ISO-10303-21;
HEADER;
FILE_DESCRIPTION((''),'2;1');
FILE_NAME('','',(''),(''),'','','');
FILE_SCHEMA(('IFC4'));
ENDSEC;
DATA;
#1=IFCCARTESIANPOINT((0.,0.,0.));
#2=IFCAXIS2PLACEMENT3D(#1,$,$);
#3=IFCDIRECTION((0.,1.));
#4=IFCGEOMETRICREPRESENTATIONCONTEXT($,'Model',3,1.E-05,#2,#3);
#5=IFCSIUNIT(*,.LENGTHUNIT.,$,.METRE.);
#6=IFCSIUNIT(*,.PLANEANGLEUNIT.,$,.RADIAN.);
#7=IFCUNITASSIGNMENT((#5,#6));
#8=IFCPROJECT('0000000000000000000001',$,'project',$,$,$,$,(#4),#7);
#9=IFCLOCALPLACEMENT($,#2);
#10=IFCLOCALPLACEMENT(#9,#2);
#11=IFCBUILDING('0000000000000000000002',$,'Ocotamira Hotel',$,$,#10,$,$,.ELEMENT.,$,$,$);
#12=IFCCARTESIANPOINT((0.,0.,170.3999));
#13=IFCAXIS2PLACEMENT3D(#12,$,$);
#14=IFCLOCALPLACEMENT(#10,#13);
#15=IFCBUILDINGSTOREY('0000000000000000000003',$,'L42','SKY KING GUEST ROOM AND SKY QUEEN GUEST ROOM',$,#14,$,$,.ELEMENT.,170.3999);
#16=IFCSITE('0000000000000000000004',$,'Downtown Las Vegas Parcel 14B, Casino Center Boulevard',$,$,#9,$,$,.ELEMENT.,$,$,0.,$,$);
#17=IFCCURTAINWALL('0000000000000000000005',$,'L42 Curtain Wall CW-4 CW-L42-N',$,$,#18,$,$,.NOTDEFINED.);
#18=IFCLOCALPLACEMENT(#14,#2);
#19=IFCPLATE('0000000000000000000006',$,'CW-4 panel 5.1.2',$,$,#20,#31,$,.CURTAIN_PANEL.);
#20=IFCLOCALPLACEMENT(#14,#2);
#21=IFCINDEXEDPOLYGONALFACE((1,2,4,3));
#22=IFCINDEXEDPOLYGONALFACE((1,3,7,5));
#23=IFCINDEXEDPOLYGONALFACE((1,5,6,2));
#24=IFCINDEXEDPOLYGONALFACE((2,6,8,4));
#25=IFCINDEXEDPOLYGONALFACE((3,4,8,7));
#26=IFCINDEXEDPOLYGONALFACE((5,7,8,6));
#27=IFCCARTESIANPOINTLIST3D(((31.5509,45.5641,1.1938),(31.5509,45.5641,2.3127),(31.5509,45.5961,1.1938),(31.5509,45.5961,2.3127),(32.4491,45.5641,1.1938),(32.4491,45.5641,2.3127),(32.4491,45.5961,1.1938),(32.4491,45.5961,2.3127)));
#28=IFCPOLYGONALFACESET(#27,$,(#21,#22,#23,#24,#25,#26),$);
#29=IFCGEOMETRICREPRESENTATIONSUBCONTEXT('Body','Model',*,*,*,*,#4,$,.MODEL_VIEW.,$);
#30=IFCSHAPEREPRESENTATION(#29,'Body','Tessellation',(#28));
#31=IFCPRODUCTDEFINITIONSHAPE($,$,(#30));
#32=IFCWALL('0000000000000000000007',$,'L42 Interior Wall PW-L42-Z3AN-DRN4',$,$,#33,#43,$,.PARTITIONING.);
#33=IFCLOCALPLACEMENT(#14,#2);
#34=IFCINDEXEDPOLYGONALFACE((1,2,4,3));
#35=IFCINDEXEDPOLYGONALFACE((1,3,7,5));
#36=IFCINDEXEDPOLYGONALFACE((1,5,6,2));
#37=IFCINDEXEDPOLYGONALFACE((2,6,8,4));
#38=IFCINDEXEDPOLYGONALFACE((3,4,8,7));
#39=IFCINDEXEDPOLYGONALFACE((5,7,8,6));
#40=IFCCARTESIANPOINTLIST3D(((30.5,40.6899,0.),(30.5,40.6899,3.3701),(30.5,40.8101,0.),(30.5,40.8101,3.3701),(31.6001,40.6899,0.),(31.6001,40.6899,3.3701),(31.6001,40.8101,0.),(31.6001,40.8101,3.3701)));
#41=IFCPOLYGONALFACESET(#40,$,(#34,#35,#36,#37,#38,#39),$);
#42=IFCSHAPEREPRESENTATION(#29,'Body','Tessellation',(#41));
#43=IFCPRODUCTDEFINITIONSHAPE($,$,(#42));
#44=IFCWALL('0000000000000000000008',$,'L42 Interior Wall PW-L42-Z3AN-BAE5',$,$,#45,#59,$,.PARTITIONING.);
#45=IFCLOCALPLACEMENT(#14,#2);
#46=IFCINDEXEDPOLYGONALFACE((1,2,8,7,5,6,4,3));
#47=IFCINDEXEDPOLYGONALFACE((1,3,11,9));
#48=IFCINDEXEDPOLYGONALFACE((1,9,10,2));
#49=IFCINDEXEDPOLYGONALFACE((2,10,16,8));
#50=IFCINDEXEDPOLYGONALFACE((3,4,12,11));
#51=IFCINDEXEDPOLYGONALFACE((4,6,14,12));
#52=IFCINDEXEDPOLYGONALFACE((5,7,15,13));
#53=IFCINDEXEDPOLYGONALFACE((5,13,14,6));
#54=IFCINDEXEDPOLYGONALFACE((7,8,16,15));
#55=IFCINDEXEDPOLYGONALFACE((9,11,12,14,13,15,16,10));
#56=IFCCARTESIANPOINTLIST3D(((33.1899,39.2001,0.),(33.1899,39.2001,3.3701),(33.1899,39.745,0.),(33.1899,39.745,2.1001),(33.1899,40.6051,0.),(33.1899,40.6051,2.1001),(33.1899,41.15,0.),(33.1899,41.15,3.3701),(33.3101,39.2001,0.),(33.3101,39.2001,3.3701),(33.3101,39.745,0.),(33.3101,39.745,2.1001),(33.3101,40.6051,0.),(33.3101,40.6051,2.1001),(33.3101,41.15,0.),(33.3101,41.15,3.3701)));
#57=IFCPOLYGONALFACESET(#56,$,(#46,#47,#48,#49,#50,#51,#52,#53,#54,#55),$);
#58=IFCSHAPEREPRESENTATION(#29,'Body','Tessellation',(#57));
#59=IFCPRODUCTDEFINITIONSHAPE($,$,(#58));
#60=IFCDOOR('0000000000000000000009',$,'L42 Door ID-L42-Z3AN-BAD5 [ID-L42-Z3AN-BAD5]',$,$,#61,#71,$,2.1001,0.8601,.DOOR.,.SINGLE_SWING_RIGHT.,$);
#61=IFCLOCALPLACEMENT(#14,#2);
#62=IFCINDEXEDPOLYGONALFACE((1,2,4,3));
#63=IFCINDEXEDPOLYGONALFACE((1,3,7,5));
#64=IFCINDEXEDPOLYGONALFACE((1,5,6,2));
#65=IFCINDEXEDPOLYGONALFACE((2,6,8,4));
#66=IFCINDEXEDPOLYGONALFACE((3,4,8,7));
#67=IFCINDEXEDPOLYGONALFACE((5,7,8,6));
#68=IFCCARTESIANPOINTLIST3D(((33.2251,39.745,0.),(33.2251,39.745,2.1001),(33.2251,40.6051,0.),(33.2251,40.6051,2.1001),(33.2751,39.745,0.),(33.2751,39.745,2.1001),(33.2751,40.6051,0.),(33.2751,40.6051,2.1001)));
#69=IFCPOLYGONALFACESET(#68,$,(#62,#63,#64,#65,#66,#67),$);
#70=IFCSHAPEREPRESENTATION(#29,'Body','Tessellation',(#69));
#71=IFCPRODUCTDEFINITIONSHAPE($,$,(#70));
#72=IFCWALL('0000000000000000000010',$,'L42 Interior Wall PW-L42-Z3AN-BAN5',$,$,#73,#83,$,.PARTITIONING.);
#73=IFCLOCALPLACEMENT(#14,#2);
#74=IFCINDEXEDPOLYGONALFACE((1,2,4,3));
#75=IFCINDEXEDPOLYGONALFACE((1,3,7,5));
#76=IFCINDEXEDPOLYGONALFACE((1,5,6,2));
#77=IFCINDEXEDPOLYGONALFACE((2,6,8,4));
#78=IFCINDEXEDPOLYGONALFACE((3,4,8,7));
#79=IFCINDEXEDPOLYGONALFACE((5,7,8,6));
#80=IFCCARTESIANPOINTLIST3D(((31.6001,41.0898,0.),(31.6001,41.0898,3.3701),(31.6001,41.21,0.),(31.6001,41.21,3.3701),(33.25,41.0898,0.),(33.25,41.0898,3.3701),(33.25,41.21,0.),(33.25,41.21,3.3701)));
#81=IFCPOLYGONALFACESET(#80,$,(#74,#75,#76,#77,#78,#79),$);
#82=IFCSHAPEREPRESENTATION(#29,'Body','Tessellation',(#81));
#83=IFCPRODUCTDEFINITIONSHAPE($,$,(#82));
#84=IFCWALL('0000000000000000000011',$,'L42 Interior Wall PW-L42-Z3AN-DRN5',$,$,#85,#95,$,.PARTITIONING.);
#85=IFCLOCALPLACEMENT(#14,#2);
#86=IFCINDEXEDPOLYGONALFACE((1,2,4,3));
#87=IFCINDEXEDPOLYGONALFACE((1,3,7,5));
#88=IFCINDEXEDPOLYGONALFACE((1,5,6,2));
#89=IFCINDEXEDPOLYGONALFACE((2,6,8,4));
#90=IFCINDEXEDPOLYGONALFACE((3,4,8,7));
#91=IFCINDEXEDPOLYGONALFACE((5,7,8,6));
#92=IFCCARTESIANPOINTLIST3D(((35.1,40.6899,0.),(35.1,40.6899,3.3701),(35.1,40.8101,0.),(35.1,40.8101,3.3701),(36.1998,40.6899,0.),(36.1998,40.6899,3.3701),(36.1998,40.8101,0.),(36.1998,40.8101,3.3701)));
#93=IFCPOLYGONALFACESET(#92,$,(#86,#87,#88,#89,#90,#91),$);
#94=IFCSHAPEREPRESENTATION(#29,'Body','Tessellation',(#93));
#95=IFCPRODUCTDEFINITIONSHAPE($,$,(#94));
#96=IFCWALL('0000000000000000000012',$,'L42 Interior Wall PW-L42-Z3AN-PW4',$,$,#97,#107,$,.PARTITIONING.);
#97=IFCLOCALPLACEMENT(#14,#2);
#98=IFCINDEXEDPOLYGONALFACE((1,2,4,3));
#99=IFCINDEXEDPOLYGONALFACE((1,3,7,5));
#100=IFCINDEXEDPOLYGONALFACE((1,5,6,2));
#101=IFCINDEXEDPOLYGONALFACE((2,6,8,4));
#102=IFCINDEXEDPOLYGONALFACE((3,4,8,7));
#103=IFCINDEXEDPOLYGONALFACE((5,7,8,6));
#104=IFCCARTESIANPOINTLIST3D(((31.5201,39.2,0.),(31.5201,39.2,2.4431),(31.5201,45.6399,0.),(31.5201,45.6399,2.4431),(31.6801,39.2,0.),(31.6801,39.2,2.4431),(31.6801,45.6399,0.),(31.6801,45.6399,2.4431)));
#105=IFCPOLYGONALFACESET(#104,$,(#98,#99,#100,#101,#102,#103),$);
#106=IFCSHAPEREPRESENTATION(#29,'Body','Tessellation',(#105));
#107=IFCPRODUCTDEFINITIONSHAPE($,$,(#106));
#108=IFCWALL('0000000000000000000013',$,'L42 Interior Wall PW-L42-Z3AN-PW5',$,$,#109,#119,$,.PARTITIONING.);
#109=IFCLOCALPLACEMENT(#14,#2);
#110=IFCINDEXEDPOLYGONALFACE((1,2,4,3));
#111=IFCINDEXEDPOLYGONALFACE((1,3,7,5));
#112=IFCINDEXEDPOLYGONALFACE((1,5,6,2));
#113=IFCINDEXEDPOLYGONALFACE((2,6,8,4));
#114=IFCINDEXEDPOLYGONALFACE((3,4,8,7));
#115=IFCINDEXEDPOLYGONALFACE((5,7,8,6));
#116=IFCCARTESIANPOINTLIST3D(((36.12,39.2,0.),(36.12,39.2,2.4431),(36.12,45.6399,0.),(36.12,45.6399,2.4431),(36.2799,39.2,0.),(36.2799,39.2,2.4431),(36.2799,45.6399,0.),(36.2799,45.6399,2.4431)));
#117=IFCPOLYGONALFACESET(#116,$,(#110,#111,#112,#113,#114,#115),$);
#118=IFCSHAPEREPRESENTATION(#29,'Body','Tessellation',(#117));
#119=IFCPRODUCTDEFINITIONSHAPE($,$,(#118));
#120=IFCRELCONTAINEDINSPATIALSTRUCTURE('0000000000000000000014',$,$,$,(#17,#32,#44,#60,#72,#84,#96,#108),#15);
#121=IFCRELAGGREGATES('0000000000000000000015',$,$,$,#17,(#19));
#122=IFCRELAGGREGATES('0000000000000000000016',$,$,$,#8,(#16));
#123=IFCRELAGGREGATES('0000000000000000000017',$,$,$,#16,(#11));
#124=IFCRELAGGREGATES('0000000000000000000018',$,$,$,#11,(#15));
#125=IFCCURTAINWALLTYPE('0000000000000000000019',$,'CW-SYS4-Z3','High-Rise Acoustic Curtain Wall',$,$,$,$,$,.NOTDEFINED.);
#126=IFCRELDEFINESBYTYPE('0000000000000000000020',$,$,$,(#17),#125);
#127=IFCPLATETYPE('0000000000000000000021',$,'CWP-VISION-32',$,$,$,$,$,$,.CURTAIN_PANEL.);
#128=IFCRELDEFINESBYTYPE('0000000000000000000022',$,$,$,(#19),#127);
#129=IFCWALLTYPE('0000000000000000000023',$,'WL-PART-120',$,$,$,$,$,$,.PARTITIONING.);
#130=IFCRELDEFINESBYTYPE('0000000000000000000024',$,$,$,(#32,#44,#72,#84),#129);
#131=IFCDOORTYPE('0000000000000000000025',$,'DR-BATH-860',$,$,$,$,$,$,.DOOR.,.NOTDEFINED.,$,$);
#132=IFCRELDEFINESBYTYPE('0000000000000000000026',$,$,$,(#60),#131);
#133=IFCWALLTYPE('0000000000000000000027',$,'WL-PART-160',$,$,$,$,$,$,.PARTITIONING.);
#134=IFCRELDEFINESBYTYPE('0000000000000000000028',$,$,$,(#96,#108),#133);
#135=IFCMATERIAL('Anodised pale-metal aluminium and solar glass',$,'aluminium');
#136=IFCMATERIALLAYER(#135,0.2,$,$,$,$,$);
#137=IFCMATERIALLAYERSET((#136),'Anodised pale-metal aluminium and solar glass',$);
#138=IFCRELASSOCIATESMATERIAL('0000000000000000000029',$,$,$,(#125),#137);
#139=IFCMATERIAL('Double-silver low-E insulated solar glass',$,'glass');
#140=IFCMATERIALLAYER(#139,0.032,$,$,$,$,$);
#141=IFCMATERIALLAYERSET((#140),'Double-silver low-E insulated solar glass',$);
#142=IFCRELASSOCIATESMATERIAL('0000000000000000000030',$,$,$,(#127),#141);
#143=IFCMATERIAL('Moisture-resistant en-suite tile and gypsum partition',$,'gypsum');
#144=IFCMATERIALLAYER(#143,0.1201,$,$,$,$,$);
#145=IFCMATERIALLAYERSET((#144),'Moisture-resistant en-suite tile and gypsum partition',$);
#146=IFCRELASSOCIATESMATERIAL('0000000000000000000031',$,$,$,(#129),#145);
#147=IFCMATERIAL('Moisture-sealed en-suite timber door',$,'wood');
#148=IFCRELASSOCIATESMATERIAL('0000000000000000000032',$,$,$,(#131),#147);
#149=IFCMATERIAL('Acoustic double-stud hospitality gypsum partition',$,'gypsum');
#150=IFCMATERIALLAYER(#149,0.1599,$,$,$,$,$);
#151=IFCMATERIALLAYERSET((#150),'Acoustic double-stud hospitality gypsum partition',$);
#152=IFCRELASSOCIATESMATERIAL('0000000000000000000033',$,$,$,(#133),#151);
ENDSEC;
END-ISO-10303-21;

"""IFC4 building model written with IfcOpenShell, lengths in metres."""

from ifc_helpers import new_model, si_unit, direction, frame, frame_2d, origin, origin_2d, place, context, subcontext, project, spatial, rectangle, extrude, source, transform, mapped, material, layer, layer_set, type_object, element, fill, aggregate, save


model = new_model("IFC4")

# Units and contexts
model_context = context("Model", 3, precision=1e-05, world=origin(), true_north=direction((0.0, 1.0)))
body_context = subcontext(model_context, "Body", "Model", "MODEL_VIEW")
ifc_project = project(units=[si_unit("LENGTHUNIT", "METRE"), si_unit("PLANEANGLEUNIT", "RADIAN")], contexts=[model_context])

# Site, building, storey
site_placement = place(None, origin())
site = spatial("IfcSite", under=ifc_project, at=site_placement, Name="Downtown Las Vegas Parcel 14B, Casino Center Boulevard", CompositionType="ELEMENT", RefElevation=0.0)
building_placement = place(site_placement, origin())
building = spatial("IfcBuilding", under=site, at=building_placement, Name="Ocotamira Hotel", CompositionType="ELEMENT")
storey_placement = place(building_placement, frame((0.0, 0.0, 170.3999)))
storey = spatial("IfcBuildingStorey", under=building, at=storey_placement, Name="L42", Description="SKY KING GUEST ROOM AND SKY QUEEN GUEST ROOM", CompositionType="ELEMENT", Elevation=170.3999)

# Curtain wall
ifc_material_1 = material(Name="Anodised pale-metal aluminium and solar glass", Category="aluminium")
ifc_layer_1 = layer(ifc_material_1, 0.2)
ifc_layer_set_1 = layer_set([ifc_layer_1], Name="Anodised pale-metal aluminium and solar glass")
curtain_wall_type = type_object("IfcCurtainWallType", Name="CW-SYS4-Z3", Description="High-Rise Acoustic Curtain Wall", PredefinedType="NOTDEFINED", material=ifc_layer_set_1)
curtain_wall_placement = place(storey_placement, origin())
curtain_wall = element("IfcCurtainWall", 1, at=curtain_wall_placement, inside=storey, type_object=curtain_wall_type, Name="L42 Curtain Wall CW-4 CW-L42-N", PredefinedType="NOTDEFINED")

# Plate
ifc_material_2 = material(Name="Double-silver low-E insulated solar glass", Category="glass")
ifc_layer_2 = layer(ifc_material_2, 0.032)
ifc_layer_set_2 = layer_set([ifc_layer_2], Name="Double-silver low-E insulated solar glass")
plate_type_1 = type_object("IfcPlateType", Name="CWP-VISION-32", PredefinedType="CURTAIN_PANEL", material=ifc_layer_set_2)
shared_shape_1 = source(origin(), body_context, "Body", "SweptSolid", [
    extrude(rectangle(XDim=0.8982, YDim=0.032, at=origin_2d()), origin(), (0.0, 0.0, 1.0), 1.1189),
])
plate_1_placement = place(storey_placement, frame((32.0, 45.5801, 1.1938), z_axis=(0.0, 0.0, 1.0), x_axis=(1.0, 0.0, 0.0)))
plate_1 = element("IfcPlate", 2, at=plate_1_placement, type_object=plate_type_1, Name="CW-4 panel 5.1.2", PredefinedType="CURTAIN_PANEL", context=body_context, shape_type="MappedRepresentation", body=[
    mapped(shared_shape_1, transform((0.0, 0.0, 0.0), scale=1.0)),
])
aggregate(curtain_wall, [plate_1])

# Wall
ifc_material_3 = material(Name="Moisture-resistant en-suite tile and gypsum partition", Category="gypsum")
ifc_layer_3 = layer(ifc_material_3, 0.1201)
ifc_layer_set_3 = layer_set([ifc_layer_3], Name="Moisture-resistant en-suite tile and gypsum partition")
wall_type_1 = type_object("IfcWallType", Name="WL-PART-120", PredefinedType="PARTITIONING", material=ifc_layer_set_3)
wall_1_placement = place(storey_placement, frame((30.5, 40.75, 0.0), z_axis=(0.0, 0.0, 1.0), x_axis=(1.0, 0.0, 0.0)))
element("IfcWall", 3, at=wall_1_placement, inside=storey, type_object=wall_type_1, Name="L42 Interior Wall PW-L42-Z3AN-DRN4", PredefinedType="PARTITIONING", context=body_context, shape_type="SweptSolid", body=[
    extrude(rectangle(XDim=1.1001, YDim=0.1201, at=frame_2d((0.55, 0.0))), origin(), (0.0, 0.0, 1.0), 3.3701),
])

# Wall, opening, door
wall_2_placement = place(storey_placement, frame((33.25, 39.2, 0.0), z_axis=(0.0, 0.0, 1.0), x_axis=(0.0, 1.0, 0.0)))
wall_2 = element("IfcWall", 4, at=wall_2_placement, inside=storey, type_object=wall_type_1, Name="L42 Interior Wall PW-L42-Z3AN-BAE5", PredefinedType="PARTITIONING", context=body_context, shape_type="SweptSolid", body=[
    extrude(rectangle(XDim=1.95, YDim=0.1201, at=frame_2d((0.9751, 0.0))), origin(), (0.0, 0.0, 1.0), 3.3701),
])
opening_placement = place(wall_2_placement, frame((0.5449, 0.0, 0.0)))
opening = element("IfcOpeningElement", 5, at=opening_placement, cuts=wall_2, PredefinedType="OPENING", context=body_context, shape_type="SweptSolid", body=[
    extrude(rectangle(XDim=0.8601, YDim=2.1001, at=frame_2d((0.4302, 1.05))), frame((0.0, 0.0701, 0.0), z_axis=(0.0, -1.0, 0.0), x_axis=(1.0, 0.0, 0.0)), (0.0, 0.0, 1.0), 0.1401),
])
ifc_material_4 = material(Name="Moisture-sealed en-suite timber door", Category="wood")
door_type = type_object("IfcDoorType", Name="DR-BATH-860", OperationType="NOTDEFINED", PredefinedType="DOOR", material=ifc_material_4)
shared_shape_2 = source(origin(), body_context, "Body", "SweptSolid", [
    extrude(rectangle(XDim=0.8601, YDim=2.1001, at=frame_2d((0.4302, 1.05))), frame((0.0, 0.0249, 0.0), z_axis=(0.0, -1.0, 0.0), x_axis=(1.0, 0.0, 0.0)), (0.0, 0.0, 1.0), 0.05),
])
door_placement = place(opening_placement, origin())
door = element("IfcDoor", 6, at=door_placement, inside=storey, type_object=door_type, Name="L42 Door ID-L42-Z3AN-BAD5 [ID-L42-Z3AN-BAD5]", OperationType="SINGLE_SWING_RIGHT", OverallHeight=2.1001, OverallWidth=0.8601, PredefinedType="DOOR", context=body_context, shape_type="MappedRepresentation", body=[
    mapped(shared_shape_2, transform((0.0, 0.0, 0.0), scale=1.0)),
])
fill(opening, door)

# Walls
wall_3_placement = place(storey_placement, frame((31.6001, 41.1499, 0.0), z_axis=(0.0, 0.0, 1.0), x_axis=(1.0, 0.0, 0.0)))
element("IfcWall", 7, at=wall_3_placement, inside=storey, type_object=wall_type_1, Name="L42 Interior Wall PW-L42-Z3AN-BAN5", PredefinedType="PARTITIONING", context=body_context, shape_type="SweptSolid", body=[
    extrude(rectangle(XDim=1.6499, YDim=0.1201, at=frame_2d((0.825, 0.0))), origin(), (0.0, 0.0, 1.0), 3.3701),
])
wall_4_placement = place(storey_placement, frame((35.1001, 40.75, 0.0), z_axis=(0.0, 0.0, 1.0), x_axis=(1.0, 0.0, 0.0)))
element("IfcWall", 8, at=wall_4_placement, inside=storey, type_object=wall_type_1, Name="L42 Interior Wall PW-L42-Z3AN-DRN5", PredefinedType="PARTITIONING", context=body_context, shape_type="SweptSolid", body=[
    extrude(rectangle(XDim=1.0999, YDim=0.1201, at=frame_2d((0.5498, 0.0))), origin(), (0.0, 0.0, 1.0), 3.3701),
])
ifc_material_5 = material(Name="Acoustic double-stud hospitality gypsum partition", Category="gypsum")
ifc_layer_4 = layer(ifc_material_5, 0.1599)
ifc_layer_set_4 = layer_set([ifc_layer_4], Name="Acoustic double-stud hospitality gypsum partition")
wall_type_2 = type_object("IfcWallType", Name="WL-PART-160", PredefinedType="PARTITIONING", material=ifc_layer_set_4)
for number, where, z_axis, x_axis, name in (
    (9, (31.6001, 39.2, 0.0), (0.0, 0.0, 1.0), (0.0, 1.0, 0.0), "L42 Interior Wall PW-L42-Z3AN-PW4"),
    (10, (36.2, 39.2, 0.0), (0.0, 0.0, 1.0), (0.0, 1.0, 0.0), "L42 Interior Wall PW-L42-Z3AN-PW5"),
):
    element("IfcWall", number, at=place(storey_placement, frame(where, z_axis=z_axis, x_axis=x_axis)), inside=storey, type_object=wall_type_2, Name=name, PredefinedType="PARTITIONING", context=body_context, shape_type="SweptSolid", body=[
        extrude(rectangle(XDim=6.4399, YDim=0.1599, at=frame_2d((3.22, 0.0))), origin(), (0.0, 0.0, 1.0), 2.4431),
    ])

save(model, "model.ifc")
